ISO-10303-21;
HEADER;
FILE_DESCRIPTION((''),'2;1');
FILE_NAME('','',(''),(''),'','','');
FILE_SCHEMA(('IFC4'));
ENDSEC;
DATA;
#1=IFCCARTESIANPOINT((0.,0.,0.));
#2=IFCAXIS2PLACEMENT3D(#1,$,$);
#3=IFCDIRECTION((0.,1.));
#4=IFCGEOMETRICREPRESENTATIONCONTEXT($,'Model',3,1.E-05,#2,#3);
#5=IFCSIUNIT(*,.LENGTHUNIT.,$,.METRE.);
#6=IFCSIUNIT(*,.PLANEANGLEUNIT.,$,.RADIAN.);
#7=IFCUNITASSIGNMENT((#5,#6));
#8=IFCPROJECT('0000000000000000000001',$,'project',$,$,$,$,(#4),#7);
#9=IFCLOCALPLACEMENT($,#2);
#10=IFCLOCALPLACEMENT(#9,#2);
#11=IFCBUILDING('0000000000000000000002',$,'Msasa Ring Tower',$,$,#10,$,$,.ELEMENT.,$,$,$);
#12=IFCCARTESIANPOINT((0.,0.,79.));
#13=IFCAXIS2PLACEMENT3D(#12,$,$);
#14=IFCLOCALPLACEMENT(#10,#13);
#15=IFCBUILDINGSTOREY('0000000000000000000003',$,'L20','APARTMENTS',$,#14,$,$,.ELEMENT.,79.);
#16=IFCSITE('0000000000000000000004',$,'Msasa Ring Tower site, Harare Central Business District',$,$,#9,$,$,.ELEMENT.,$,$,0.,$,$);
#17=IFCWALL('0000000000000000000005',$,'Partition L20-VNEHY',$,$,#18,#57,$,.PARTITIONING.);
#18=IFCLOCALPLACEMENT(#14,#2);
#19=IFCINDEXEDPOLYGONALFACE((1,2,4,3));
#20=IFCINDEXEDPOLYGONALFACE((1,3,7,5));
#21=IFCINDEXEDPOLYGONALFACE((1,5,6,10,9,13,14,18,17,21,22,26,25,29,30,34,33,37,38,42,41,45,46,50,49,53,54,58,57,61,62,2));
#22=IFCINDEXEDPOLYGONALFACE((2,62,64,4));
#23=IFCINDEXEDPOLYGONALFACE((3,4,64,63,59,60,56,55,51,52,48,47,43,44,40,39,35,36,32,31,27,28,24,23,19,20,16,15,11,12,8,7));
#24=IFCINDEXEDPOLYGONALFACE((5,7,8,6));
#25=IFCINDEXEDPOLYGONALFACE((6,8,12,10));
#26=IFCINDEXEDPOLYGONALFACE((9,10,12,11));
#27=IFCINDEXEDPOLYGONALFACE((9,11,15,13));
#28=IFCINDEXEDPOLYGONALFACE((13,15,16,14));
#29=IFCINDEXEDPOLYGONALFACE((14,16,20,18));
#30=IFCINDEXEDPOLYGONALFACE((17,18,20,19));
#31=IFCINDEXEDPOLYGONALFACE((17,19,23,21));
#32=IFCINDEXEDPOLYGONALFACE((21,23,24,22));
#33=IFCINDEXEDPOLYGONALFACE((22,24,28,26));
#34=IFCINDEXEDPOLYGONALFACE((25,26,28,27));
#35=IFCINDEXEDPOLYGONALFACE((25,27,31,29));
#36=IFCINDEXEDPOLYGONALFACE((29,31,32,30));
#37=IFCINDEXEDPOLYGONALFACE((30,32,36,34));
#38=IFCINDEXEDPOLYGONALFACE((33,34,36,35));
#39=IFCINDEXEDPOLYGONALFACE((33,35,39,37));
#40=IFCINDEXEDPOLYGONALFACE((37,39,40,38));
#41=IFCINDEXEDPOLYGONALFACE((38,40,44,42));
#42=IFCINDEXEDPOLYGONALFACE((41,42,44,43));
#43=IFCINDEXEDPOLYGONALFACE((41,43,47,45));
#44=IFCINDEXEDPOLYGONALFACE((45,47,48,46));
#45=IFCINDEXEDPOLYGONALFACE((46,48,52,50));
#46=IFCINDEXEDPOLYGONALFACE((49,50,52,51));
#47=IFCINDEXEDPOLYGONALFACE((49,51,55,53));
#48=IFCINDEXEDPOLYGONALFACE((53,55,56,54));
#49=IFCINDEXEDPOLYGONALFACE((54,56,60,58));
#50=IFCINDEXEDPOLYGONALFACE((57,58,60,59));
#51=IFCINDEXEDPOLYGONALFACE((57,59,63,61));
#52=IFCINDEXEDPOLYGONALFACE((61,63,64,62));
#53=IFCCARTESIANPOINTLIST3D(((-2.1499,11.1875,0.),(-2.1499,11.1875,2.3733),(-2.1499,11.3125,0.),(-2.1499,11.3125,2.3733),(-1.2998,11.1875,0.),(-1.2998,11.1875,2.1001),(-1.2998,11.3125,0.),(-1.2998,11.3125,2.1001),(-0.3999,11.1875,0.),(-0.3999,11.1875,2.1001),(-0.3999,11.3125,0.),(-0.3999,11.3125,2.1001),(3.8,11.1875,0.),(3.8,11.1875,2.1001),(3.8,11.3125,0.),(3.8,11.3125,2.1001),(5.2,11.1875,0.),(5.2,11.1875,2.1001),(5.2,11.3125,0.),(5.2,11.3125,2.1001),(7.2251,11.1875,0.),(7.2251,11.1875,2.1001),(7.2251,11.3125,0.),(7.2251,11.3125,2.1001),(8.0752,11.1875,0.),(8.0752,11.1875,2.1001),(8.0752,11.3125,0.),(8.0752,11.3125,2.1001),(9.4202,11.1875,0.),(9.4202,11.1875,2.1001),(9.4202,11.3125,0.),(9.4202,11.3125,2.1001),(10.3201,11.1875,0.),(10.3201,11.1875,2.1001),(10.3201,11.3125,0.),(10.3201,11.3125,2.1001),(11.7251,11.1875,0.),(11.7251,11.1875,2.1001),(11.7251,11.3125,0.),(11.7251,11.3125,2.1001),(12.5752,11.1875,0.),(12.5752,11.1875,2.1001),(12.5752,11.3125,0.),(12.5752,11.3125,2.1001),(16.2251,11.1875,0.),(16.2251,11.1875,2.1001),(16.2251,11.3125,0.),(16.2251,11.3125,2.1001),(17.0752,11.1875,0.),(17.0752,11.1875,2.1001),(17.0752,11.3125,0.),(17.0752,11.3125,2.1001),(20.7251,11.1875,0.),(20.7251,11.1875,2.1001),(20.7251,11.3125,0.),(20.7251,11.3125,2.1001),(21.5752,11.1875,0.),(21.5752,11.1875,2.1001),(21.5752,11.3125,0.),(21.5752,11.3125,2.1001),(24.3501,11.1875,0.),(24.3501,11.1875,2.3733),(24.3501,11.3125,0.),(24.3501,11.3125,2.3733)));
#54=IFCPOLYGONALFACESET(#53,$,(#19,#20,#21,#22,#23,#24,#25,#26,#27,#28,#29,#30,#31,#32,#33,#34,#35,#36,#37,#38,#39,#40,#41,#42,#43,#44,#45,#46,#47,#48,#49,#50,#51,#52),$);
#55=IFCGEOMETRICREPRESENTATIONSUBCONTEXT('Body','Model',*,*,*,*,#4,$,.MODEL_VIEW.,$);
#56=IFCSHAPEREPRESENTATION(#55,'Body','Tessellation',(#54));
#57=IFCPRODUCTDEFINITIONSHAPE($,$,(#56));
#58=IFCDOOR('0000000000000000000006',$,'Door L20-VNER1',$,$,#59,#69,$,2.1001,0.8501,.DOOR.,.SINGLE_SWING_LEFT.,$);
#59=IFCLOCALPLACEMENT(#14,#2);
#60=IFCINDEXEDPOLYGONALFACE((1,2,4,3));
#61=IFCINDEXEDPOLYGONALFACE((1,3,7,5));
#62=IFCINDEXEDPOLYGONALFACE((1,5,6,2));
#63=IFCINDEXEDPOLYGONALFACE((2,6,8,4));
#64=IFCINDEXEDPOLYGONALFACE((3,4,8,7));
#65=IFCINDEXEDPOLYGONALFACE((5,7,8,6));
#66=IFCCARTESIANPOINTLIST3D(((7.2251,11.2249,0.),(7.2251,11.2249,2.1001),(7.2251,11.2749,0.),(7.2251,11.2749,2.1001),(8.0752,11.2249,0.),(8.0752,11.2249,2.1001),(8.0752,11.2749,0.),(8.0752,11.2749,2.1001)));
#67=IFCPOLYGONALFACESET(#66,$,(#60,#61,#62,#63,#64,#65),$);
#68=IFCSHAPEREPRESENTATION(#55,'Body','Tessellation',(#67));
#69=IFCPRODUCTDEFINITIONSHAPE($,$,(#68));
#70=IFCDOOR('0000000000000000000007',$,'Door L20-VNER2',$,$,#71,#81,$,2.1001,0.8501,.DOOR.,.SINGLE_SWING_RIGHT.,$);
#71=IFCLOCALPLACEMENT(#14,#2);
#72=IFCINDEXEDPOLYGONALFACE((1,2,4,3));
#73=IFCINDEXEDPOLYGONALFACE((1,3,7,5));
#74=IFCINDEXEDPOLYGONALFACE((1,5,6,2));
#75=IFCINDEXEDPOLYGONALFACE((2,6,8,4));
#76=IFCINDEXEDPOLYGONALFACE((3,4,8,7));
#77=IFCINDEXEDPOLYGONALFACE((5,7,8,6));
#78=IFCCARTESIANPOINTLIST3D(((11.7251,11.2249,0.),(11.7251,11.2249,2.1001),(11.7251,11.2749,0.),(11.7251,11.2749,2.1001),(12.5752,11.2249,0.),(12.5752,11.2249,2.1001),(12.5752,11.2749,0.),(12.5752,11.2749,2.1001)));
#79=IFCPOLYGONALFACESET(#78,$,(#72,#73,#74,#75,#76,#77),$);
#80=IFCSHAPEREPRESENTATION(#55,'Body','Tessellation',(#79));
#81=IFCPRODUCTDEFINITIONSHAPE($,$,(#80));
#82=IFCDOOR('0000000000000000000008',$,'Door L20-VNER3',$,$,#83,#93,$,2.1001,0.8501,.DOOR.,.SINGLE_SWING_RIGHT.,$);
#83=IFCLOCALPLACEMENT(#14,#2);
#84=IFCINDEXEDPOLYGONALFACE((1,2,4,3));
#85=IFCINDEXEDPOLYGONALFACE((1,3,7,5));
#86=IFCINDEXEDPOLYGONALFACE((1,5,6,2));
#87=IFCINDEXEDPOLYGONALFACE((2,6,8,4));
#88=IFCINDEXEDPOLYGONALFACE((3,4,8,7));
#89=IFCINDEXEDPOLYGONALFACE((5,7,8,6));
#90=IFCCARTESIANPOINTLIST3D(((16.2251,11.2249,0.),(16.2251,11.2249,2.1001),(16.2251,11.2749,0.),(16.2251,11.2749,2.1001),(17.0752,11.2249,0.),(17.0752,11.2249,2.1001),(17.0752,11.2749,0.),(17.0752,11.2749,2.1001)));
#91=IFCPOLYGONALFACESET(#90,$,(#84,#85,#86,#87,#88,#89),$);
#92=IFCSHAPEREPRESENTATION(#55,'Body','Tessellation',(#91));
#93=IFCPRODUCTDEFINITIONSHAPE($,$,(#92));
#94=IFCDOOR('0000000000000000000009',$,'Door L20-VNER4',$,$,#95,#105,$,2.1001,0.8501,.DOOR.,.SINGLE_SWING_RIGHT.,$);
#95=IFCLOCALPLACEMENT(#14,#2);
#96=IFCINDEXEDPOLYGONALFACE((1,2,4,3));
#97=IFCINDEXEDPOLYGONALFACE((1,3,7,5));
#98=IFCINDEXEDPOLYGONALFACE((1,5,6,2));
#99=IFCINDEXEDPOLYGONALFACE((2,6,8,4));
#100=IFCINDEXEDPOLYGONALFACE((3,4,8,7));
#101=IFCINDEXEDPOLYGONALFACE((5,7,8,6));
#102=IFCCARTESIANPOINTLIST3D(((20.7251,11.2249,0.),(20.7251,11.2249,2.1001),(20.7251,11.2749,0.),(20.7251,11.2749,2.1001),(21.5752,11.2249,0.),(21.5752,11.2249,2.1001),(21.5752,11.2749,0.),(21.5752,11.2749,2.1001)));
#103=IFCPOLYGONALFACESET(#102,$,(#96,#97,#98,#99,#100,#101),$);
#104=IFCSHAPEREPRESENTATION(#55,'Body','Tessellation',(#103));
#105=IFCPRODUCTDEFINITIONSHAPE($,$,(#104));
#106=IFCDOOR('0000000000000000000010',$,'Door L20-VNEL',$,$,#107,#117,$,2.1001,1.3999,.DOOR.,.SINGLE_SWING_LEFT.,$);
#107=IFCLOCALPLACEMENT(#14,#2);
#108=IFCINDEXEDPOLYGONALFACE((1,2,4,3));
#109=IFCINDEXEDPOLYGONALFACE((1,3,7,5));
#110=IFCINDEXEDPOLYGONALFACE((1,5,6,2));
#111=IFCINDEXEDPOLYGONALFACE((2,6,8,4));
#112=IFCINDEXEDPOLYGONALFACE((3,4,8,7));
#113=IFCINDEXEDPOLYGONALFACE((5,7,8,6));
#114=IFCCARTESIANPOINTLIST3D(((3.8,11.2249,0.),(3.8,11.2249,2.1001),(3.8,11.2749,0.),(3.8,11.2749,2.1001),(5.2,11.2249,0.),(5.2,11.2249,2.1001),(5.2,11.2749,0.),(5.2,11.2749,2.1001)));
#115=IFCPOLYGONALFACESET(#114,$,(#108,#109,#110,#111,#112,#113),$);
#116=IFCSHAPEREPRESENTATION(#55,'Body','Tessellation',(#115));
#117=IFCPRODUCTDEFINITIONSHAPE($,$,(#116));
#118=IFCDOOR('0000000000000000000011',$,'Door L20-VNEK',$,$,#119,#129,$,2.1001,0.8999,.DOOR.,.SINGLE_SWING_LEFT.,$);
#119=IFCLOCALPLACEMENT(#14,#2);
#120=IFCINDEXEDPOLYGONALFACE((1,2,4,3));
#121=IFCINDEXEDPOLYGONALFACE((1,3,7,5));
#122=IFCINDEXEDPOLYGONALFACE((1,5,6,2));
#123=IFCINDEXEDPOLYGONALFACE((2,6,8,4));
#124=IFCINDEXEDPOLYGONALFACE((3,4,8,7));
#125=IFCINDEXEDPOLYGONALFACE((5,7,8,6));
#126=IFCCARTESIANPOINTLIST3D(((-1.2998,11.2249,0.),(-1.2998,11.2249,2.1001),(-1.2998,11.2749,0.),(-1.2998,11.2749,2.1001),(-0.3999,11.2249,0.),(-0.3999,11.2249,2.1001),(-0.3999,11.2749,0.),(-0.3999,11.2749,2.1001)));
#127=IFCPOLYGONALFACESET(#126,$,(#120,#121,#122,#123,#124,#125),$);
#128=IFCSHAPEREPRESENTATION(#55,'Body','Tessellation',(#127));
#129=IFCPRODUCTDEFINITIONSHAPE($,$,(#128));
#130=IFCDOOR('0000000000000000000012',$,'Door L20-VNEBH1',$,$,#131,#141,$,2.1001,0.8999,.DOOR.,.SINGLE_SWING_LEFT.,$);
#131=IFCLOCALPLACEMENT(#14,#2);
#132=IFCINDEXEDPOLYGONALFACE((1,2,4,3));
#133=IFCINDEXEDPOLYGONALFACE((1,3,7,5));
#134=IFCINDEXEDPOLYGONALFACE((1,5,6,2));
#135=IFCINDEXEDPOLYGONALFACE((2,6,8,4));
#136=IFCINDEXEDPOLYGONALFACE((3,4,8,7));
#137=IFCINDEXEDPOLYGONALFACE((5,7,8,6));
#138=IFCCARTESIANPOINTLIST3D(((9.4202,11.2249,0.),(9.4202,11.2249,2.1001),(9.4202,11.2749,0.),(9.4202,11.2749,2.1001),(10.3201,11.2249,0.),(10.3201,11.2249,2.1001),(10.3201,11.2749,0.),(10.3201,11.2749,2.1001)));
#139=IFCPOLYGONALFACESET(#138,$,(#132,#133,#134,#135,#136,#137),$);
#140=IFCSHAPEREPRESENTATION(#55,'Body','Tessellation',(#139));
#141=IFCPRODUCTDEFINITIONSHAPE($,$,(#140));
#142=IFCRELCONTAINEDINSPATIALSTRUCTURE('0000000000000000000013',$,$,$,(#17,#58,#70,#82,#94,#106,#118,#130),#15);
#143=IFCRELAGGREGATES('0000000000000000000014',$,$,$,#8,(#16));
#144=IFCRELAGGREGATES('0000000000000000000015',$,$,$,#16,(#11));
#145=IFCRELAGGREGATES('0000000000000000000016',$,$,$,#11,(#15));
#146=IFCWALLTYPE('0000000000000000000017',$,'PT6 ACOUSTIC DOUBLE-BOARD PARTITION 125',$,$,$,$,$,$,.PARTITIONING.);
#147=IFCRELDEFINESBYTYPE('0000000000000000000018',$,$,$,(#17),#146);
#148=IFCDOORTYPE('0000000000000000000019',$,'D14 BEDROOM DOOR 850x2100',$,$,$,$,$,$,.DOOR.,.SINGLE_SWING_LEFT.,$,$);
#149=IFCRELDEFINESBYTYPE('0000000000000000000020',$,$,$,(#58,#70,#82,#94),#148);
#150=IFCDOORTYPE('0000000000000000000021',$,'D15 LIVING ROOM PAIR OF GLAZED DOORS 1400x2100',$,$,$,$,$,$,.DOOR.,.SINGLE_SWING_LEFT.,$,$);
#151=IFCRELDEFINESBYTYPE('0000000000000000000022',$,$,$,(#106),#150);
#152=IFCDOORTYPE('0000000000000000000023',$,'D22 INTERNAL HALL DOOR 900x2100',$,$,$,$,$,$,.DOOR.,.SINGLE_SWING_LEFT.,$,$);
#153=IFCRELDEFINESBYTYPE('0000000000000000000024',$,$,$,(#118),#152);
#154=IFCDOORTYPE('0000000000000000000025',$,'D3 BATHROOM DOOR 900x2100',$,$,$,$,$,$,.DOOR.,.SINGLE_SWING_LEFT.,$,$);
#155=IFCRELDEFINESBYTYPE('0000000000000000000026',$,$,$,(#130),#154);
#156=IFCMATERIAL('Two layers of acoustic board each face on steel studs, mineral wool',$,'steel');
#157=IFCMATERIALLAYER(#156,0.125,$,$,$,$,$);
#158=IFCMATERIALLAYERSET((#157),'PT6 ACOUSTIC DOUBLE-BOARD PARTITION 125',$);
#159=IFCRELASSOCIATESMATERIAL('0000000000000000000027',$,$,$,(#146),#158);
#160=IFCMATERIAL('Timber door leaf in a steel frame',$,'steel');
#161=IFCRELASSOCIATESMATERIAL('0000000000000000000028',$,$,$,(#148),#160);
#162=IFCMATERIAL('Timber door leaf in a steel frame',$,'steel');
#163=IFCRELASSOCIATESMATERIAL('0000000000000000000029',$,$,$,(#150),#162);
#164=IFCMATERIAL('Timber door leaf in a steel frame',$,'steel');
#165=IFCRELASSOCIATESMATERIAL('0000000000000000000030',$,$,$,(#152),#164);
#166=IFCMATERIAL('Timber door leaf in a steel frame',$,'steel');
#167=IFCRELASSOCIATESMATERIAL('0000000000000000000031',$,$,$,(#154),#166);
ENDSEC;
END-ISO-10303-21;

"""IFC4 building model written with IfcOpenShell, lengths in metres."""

from ifc_helpers import new_model, si_unit, direction, frame, frame_2d, origin, place, context, subcontext, project, spatial, rectangle, extrude, material, layer, layer_set, type_object, element, fill, save


model = new_model("IFC4")

# Units and contexts
model_context = context("Model", 3, precision=1e-05, world=origin(), true_north=direction((0.0, 1.0)))
body_context = subcontext(model_context, "Body", "Model", "MODEL_VIEW")
ifc_project = project(units=[si_unit("LENGTHUNIT", "METRE"), si_unit("PLANEANGLEUNIT", "RADIAN")], contexts=[model_context])

# Site, building, storey
site_placement = place(None, origin())
site = spatial("IfcSite", under=ifc_project, at=site_placement, Name="Msasa Ring Tower site, Harare Central Business District", CompositionType="ELEMENT", RefElevation=0.0)
building_placement = place(site_placement, origin())
building = spatial("IfcBuilding", under=site, at=building_placement, Name="Msasa Ring Tower", CompositionType="ELEMENT")
storey_placement = place(building_placement, frame((0.0, 0.0, 79.0)))
storey = spatial("IfcBuildingStorey", under=building, at=storey_placement, Name="L20", Description="APARTMENTS", CompositionType="ELEMENT", Elevation=79.0)

# Wall, openings, doors
ifc_material_1 = material(Name="Two layers of acoustic board each face on steel studs, mineral wool", Category="steel")
ifc_layer_1 = layer(ifc_material_1, 0.125)
ifc_layer_set_1 = layer_set([ifc_layer_1], Name="PT6 ACOUSTIC DOUBLE-BOARD PARTITION 125")
wall_type_1 = type_object("IfcWallType", Name="PT6 ACOUSTIC DOUBLE-BOARD PARTITION 125", PredefinedType="PARTITIONING", material=ifc_layer_set_1)
wall_1_placement = place(storey_placement, frame((-2.1499, 11.25, 0.0), z_axis=(0.0, 0.0, 1.0), x_axis=(1.0, 0.0, 0.0)))
wall_1 = element("IfcWall", 1, at=wall_1_placement, inside=storey, type_object=wall_type_1, Name="Partition L20-VNEHY", PredefinedType="PARTITIONING", context=body_context, shape_type="SweptSolid", body=[
    extrude(rectangle(XDim=26.5, YDim=0.125, at=frame_2d((13.25, 0.0))), origin(), (0.0, 0.0, 1.0), 2.3733),
])
opening_1_placement = place(wall_1_placement, frame((0.8501, 0.0, 0.0)))
opening_1 = element("IfcOpeningElement", 2, at=opening_1_placement, cuts=wall_1, PredefinedType="OPENING", context=body_context, shape_type="SweptSolid", body=[
    extrude(rectangle(XDim=0.8999, YDim=2.1001, at=frame_2d((0.45, 1.05))), frame((0.0, 0.0725, 0.0), z_axis=(0.0, -1.0, 0.0), x_axis=(1.0, 0.0, 0.0)), (0.0, 0.0, 1.0), 0.145),
])
opening_2_placement = place(wall_1_placement, frame((5.95, 0.0, 0.0)))
opening_2 = element("IfcOpeningElement", 3, at=opening_2_placement, cuts=wall_1, PredefinedType="OPENING", context=body_context, shape_type="SweptSolid", body=[
    extrude(rectangle(XDim=1.3999, YDim=2.1001, at=frame_2d((0.7, 1.05))), frame((0.0, 0.0725, 0.0), z_axis=(0.0, -1.0, 0.0), x_axis=(1.0, 0.0, 0.0)), (0.0, 0.0, 1.0), 0.145),
])
opening_3_placement = place(wall_1_placement, frame((9.375, 0.0, 0.0)))
opening_3 = element("IfcOpeningElement", 4, at=opening_3_placement, cuts=wall_1, PredefinedType="OPENING", context=body_context, shape_type="SweptSolid", body=[
    extrude(rectangle(XDim=0.8501, YDim=2.1001, at=frame_2d((0.425, 1.05))), frame((0.0, 0.0725, 0.0), z_axis=(0.0, -1.0, 0.0), x_axis=(1.0, 0.0, 0.0)), (0.0, 0.0, 1.0), 0.145),
])
opening_4_placement = place(wall_1_placement, frame((11.5701, 0.0, 0.0)))
opening_4 = element("IfcOpeningElement", 5, at=opening_4_placement, cuts=wall_1, PredefinedType="OPENING", context=body_context, shape_type="SweptSolid", body=[
    extrude(rectangle(XDim=0.8999, YDim=2.1001, at=frame_2d((0.45, 1.05))), frame((0.0, 0.0725, 0.0), z_axis=(0.0, -1.0, 0.0), x_axis=(1.0, 0.0, 0.0)), (0.0, 0.0, 1.0), 0.145),
])
opening_5_placement = place(wall_1_placement, frame((13.875, 0.0, 0.0)))
opening_5 = element("IfcOpeningElement", 6, at=opening_5_placement, cuts=wall_1, PredefinedType="OPENING", context=body_context, shape_type="SweptSolid", body=[
    extrude(rectangle(XDim=0.8501, YDim=2.1001, at=frame_2d((0.425, 1.05))), frame((0.0, 0.0725, 0.0), z_axis=(0.0, -1.0, 0.0), x_axis=(1.0, 0.0, 0.0)), (0.0, 0.0, 1.0), 0.145),
])
opening_6_placement = place(wall_1_placement, frame((18.375, 0.0, 0.0)))
opening_6 = element("IfcOpeningElement", 7, at=opening_6_placement, cuts=wall_1, PredefinedType="OPENING", context=body_context, shape_type="SweptSolid", body=[
    extrude(rectangle(XDim=0.8501, YDim=2.1001, at=frame_2d((0.425, 1.05))), frame((0.0, 0.0725, 0.0), z_axis=(0.0, -1.0, 0.0), x_axis=(1.0, 0.0, 0.0)), (0.0, 0.0, 1.0), 0.145),
])
opening_7_placement = place(wall_1_placement, frame((22.875, 0.0, 0.0)))
opening_7 = element("IfcOpeningElement", 8, at=opening_7_placement, cuts=wall_1, PredefinedType="OPENING", context=body_context, shape_type="SweptSolid", body=[
    extrude(rectangle(XDim=0.8501, YDim=2.1001, at=frame_2d((0.425, 1.05))), frame((0.0, 0.0725, 0.0), z_axis=(0.0, -1.0, 0.0), x_axis=(1.0, 0.0, 0.0)), (0.0, 0.0, 1.0), 0.145),
])
ifc_material_2 = material(Name="Timber door leaf in a steel frame", Category="steel")
door_type_1 = type_object("IfcDoorType", Name="D14 BEDROOM DOOR 850x2100", OperationType="SINGLE_SWING_LEFT", PredefinedType="DOOR", material=ifc_material_2)
door_1_placement = place(opening_3_placement, origin())
door_1 = element("IfcDoor", 9, at=door_1_placement, inside=storey, type_object=door_type_1, Name="Door L20-VNER1", OperationType="SINGLE_SWING_LEFT", OverallHeight=2.1001, OverallWidth=0.8501, PredefinedType="DOOR", context=body_context, shape_type="SweptSolid", body=[
    extrude(rectangle(XDim=0.8501, YDim=2.1001, at=frame_2d((0.425, 1.05))), frame((0.0, 0.0249, 0.0), z_axis=(0.0, -1.0, 0.0), x_axis=(1.0, 0.0, 0.0)), (0.0, 0.0, 1.0), 0.05),
])
fill(opening_3, door_1)
door_2_placement = place(opening_5_placement, origin())
door_2 = element("IfcDoor", 10, at=door_2_placement, inside=storey, type_object=door_type_1, Name="Door L20-VNER2", OperationType="SINGLE_SWING_RIGHT", OverallHeight=2.1001, OverallWidth=0.8501, PredefinedType="DOOR", context=body_context, shape_type="SweptSolid", body=[
    extrude(rectangle(XDim=0.8501, YDim=2.1001, at=frame_2d((0.425, 1.05))), frame((0.0, 0.0249, 0.0), z_axis=(0.0, -1.0, 0.0), x_axis=(1.0, 0.0, 0.0)), (0.0, 0.0, 1.0), 0.05),
])
fill(opening_5, door_2)
door_3_placement = place(opening_6_placement, origin())
door_3 = element("IfcDoor", 11, at=door_3_placement, inside=storey, type_object=door_type_1, Name="Door L20-VNER3", OperationType="SINGLE_SWING_RIGHT", OverallHeight=2.1001, OverallWidth=0.8501, PredefinedType="DOOR", context=body_context, shape_type="SweptSolid", body=[
    extrude(rectangle(XDim=0.8501, YDim=2.1001, at=frame_2d((0.425, 1.05))), frame((0.0, 0.0249, 0.0), z_axis=(0.0, -1.0, 0.0), x_axis=(1.0, 0.0, 0.0)), (0.0, 0.0, 1.0), 0.05),
])
fill(opening_6, door_3)
door_4_placement = place(opening_7_placement, origin())
door_4 = element("IfcDoor", 12, at=door_4_placement, inside=storey, type_object=door_type_1, Name="Door L20-VNER4", OperationType="SINGLE_SWING_RIGHT", OverallHeight=2.1001, OverallWidth=0.8501, PredefinedType="DOOR", context=body_context, shape_type="SweptSolid", body=[
    extrude(rectangle(XDim=0.8501, YDim=2.1001, at=frame_2d((0.425, 1.05))), frame((0.0, 0.0249, 0.0), z_axis=(0.0, -1.0, 0.0), x_axis=(1.0, 0.0, 0.0)), (0.0, 0.0, 1.0), 0.05),
])
fill(opening_7, door_4)
ifc_material_3 = material(Name="Timber door leaf in a steel frame", Category="steel")
door_type_2 = type_object("IfcDoorType", Name="D15 LIVING ROOM PAIR OF GLAZED DOORS 1400x2100", OperationType="SINGLE_SWING_LEFT", PredefinedType="DOOR", material=ifc_material_3)
door_5_placement = place(opening_2_placement, origin())
door_5 = element("IfcDoor", 13, at=door_5_placement, inside=storey, type_object=door_type_2, Name="Door L20-VNEL", OperationType="SINGLE_SWING_LEFT", OverallHeight=2.1001, OverallWidth=1.3999, PredefinedType="DOOR", context=body_context, shape_type="SweptSolid", body=[
    extrude(rectangle(XDim=1.3999, YDim=2.1001, at=frame_2d((0.7, 1.05))), frame((0.0, 0.0249, 0.0), z_axis=(0.0, -1.0, 0.0), x_axis=(1.0, 0.0, 0.0)), (0.0, 0.0, 1.0), 0.05),
])
fill(opening_2, door_5)
ifc_material_4 = material(Name="Timber door leaf in a steel frame", Category="steel")
door_type_3 = type_object("IfcDoorType", Name="D22 INTERNAL HALL DOOR 900x2100", OperationType="SINGLE_SWING_LEFT", PredefinedType="DOOR", material=ifc_material_4)
door_6_placement = place(opening_1_placement, origin())
door_6 = element("IfcDoor", 14, at=door_6_placement, inside=storey, type_object=door_type_3, Name="Door L20-VNEK", OperationType="SINGLE_SWING_LEFT", OverallHeight=2.1001, OverallWidth=0.8999, PredefinedType="DOOR", context=body_context, shape_type="SweptSolid", body=[
    extrude(rectangle(XDim=0.8999, YDim=2.1001, at=frame_2d((0.45, 1.05))), frame((0.0, 0.0249, 0.0), z_axis=(0.0, -1.0, 0.0), x_axis=(1.0, 0.0, 0.0)), (0.0, 0.0, 1.0), 0.05),
])
fill(opening_1, door_6)
ifc_material_5 = material(Name="Timber door leaf in a steel frame", Category="steel")
door_type_4 = type_object("IfcDoorType", Name="D3 BATHROOM DOOR 900x2100", OperationType="SINGLE_SWING_LEFT", PredefinedType="DOOR", material=ifc_material_5)
door_7_placement = place(opening_4_placement, origin())
door_7 = element("IfcDoor", 15, at=door_7_placement, inside=storey, type_object=door_type_4, Name="Door L20-VNEBH1", OperationType="SINGLE_SWING_LEFT", OverallHeight=2.1001, OverallWidth=0.8999, PredefinedType="DOOR", context=body_context, shape_type="SweptSolid", body=[
    extrude(rectangle(XDim=0.8999, YDim=2.1001, at=frame_2d((0.45, 1.05))), frame((0.0, 0.0249, 0.0), z_axis=(0.0, -1.0, 0.0), x_axis=(1.0, 0.0, 0.0)), (0.0, 0.0, 1.0), 0.05),
])
fill(opening_4, door_7)

save(model, "model.ifc")
